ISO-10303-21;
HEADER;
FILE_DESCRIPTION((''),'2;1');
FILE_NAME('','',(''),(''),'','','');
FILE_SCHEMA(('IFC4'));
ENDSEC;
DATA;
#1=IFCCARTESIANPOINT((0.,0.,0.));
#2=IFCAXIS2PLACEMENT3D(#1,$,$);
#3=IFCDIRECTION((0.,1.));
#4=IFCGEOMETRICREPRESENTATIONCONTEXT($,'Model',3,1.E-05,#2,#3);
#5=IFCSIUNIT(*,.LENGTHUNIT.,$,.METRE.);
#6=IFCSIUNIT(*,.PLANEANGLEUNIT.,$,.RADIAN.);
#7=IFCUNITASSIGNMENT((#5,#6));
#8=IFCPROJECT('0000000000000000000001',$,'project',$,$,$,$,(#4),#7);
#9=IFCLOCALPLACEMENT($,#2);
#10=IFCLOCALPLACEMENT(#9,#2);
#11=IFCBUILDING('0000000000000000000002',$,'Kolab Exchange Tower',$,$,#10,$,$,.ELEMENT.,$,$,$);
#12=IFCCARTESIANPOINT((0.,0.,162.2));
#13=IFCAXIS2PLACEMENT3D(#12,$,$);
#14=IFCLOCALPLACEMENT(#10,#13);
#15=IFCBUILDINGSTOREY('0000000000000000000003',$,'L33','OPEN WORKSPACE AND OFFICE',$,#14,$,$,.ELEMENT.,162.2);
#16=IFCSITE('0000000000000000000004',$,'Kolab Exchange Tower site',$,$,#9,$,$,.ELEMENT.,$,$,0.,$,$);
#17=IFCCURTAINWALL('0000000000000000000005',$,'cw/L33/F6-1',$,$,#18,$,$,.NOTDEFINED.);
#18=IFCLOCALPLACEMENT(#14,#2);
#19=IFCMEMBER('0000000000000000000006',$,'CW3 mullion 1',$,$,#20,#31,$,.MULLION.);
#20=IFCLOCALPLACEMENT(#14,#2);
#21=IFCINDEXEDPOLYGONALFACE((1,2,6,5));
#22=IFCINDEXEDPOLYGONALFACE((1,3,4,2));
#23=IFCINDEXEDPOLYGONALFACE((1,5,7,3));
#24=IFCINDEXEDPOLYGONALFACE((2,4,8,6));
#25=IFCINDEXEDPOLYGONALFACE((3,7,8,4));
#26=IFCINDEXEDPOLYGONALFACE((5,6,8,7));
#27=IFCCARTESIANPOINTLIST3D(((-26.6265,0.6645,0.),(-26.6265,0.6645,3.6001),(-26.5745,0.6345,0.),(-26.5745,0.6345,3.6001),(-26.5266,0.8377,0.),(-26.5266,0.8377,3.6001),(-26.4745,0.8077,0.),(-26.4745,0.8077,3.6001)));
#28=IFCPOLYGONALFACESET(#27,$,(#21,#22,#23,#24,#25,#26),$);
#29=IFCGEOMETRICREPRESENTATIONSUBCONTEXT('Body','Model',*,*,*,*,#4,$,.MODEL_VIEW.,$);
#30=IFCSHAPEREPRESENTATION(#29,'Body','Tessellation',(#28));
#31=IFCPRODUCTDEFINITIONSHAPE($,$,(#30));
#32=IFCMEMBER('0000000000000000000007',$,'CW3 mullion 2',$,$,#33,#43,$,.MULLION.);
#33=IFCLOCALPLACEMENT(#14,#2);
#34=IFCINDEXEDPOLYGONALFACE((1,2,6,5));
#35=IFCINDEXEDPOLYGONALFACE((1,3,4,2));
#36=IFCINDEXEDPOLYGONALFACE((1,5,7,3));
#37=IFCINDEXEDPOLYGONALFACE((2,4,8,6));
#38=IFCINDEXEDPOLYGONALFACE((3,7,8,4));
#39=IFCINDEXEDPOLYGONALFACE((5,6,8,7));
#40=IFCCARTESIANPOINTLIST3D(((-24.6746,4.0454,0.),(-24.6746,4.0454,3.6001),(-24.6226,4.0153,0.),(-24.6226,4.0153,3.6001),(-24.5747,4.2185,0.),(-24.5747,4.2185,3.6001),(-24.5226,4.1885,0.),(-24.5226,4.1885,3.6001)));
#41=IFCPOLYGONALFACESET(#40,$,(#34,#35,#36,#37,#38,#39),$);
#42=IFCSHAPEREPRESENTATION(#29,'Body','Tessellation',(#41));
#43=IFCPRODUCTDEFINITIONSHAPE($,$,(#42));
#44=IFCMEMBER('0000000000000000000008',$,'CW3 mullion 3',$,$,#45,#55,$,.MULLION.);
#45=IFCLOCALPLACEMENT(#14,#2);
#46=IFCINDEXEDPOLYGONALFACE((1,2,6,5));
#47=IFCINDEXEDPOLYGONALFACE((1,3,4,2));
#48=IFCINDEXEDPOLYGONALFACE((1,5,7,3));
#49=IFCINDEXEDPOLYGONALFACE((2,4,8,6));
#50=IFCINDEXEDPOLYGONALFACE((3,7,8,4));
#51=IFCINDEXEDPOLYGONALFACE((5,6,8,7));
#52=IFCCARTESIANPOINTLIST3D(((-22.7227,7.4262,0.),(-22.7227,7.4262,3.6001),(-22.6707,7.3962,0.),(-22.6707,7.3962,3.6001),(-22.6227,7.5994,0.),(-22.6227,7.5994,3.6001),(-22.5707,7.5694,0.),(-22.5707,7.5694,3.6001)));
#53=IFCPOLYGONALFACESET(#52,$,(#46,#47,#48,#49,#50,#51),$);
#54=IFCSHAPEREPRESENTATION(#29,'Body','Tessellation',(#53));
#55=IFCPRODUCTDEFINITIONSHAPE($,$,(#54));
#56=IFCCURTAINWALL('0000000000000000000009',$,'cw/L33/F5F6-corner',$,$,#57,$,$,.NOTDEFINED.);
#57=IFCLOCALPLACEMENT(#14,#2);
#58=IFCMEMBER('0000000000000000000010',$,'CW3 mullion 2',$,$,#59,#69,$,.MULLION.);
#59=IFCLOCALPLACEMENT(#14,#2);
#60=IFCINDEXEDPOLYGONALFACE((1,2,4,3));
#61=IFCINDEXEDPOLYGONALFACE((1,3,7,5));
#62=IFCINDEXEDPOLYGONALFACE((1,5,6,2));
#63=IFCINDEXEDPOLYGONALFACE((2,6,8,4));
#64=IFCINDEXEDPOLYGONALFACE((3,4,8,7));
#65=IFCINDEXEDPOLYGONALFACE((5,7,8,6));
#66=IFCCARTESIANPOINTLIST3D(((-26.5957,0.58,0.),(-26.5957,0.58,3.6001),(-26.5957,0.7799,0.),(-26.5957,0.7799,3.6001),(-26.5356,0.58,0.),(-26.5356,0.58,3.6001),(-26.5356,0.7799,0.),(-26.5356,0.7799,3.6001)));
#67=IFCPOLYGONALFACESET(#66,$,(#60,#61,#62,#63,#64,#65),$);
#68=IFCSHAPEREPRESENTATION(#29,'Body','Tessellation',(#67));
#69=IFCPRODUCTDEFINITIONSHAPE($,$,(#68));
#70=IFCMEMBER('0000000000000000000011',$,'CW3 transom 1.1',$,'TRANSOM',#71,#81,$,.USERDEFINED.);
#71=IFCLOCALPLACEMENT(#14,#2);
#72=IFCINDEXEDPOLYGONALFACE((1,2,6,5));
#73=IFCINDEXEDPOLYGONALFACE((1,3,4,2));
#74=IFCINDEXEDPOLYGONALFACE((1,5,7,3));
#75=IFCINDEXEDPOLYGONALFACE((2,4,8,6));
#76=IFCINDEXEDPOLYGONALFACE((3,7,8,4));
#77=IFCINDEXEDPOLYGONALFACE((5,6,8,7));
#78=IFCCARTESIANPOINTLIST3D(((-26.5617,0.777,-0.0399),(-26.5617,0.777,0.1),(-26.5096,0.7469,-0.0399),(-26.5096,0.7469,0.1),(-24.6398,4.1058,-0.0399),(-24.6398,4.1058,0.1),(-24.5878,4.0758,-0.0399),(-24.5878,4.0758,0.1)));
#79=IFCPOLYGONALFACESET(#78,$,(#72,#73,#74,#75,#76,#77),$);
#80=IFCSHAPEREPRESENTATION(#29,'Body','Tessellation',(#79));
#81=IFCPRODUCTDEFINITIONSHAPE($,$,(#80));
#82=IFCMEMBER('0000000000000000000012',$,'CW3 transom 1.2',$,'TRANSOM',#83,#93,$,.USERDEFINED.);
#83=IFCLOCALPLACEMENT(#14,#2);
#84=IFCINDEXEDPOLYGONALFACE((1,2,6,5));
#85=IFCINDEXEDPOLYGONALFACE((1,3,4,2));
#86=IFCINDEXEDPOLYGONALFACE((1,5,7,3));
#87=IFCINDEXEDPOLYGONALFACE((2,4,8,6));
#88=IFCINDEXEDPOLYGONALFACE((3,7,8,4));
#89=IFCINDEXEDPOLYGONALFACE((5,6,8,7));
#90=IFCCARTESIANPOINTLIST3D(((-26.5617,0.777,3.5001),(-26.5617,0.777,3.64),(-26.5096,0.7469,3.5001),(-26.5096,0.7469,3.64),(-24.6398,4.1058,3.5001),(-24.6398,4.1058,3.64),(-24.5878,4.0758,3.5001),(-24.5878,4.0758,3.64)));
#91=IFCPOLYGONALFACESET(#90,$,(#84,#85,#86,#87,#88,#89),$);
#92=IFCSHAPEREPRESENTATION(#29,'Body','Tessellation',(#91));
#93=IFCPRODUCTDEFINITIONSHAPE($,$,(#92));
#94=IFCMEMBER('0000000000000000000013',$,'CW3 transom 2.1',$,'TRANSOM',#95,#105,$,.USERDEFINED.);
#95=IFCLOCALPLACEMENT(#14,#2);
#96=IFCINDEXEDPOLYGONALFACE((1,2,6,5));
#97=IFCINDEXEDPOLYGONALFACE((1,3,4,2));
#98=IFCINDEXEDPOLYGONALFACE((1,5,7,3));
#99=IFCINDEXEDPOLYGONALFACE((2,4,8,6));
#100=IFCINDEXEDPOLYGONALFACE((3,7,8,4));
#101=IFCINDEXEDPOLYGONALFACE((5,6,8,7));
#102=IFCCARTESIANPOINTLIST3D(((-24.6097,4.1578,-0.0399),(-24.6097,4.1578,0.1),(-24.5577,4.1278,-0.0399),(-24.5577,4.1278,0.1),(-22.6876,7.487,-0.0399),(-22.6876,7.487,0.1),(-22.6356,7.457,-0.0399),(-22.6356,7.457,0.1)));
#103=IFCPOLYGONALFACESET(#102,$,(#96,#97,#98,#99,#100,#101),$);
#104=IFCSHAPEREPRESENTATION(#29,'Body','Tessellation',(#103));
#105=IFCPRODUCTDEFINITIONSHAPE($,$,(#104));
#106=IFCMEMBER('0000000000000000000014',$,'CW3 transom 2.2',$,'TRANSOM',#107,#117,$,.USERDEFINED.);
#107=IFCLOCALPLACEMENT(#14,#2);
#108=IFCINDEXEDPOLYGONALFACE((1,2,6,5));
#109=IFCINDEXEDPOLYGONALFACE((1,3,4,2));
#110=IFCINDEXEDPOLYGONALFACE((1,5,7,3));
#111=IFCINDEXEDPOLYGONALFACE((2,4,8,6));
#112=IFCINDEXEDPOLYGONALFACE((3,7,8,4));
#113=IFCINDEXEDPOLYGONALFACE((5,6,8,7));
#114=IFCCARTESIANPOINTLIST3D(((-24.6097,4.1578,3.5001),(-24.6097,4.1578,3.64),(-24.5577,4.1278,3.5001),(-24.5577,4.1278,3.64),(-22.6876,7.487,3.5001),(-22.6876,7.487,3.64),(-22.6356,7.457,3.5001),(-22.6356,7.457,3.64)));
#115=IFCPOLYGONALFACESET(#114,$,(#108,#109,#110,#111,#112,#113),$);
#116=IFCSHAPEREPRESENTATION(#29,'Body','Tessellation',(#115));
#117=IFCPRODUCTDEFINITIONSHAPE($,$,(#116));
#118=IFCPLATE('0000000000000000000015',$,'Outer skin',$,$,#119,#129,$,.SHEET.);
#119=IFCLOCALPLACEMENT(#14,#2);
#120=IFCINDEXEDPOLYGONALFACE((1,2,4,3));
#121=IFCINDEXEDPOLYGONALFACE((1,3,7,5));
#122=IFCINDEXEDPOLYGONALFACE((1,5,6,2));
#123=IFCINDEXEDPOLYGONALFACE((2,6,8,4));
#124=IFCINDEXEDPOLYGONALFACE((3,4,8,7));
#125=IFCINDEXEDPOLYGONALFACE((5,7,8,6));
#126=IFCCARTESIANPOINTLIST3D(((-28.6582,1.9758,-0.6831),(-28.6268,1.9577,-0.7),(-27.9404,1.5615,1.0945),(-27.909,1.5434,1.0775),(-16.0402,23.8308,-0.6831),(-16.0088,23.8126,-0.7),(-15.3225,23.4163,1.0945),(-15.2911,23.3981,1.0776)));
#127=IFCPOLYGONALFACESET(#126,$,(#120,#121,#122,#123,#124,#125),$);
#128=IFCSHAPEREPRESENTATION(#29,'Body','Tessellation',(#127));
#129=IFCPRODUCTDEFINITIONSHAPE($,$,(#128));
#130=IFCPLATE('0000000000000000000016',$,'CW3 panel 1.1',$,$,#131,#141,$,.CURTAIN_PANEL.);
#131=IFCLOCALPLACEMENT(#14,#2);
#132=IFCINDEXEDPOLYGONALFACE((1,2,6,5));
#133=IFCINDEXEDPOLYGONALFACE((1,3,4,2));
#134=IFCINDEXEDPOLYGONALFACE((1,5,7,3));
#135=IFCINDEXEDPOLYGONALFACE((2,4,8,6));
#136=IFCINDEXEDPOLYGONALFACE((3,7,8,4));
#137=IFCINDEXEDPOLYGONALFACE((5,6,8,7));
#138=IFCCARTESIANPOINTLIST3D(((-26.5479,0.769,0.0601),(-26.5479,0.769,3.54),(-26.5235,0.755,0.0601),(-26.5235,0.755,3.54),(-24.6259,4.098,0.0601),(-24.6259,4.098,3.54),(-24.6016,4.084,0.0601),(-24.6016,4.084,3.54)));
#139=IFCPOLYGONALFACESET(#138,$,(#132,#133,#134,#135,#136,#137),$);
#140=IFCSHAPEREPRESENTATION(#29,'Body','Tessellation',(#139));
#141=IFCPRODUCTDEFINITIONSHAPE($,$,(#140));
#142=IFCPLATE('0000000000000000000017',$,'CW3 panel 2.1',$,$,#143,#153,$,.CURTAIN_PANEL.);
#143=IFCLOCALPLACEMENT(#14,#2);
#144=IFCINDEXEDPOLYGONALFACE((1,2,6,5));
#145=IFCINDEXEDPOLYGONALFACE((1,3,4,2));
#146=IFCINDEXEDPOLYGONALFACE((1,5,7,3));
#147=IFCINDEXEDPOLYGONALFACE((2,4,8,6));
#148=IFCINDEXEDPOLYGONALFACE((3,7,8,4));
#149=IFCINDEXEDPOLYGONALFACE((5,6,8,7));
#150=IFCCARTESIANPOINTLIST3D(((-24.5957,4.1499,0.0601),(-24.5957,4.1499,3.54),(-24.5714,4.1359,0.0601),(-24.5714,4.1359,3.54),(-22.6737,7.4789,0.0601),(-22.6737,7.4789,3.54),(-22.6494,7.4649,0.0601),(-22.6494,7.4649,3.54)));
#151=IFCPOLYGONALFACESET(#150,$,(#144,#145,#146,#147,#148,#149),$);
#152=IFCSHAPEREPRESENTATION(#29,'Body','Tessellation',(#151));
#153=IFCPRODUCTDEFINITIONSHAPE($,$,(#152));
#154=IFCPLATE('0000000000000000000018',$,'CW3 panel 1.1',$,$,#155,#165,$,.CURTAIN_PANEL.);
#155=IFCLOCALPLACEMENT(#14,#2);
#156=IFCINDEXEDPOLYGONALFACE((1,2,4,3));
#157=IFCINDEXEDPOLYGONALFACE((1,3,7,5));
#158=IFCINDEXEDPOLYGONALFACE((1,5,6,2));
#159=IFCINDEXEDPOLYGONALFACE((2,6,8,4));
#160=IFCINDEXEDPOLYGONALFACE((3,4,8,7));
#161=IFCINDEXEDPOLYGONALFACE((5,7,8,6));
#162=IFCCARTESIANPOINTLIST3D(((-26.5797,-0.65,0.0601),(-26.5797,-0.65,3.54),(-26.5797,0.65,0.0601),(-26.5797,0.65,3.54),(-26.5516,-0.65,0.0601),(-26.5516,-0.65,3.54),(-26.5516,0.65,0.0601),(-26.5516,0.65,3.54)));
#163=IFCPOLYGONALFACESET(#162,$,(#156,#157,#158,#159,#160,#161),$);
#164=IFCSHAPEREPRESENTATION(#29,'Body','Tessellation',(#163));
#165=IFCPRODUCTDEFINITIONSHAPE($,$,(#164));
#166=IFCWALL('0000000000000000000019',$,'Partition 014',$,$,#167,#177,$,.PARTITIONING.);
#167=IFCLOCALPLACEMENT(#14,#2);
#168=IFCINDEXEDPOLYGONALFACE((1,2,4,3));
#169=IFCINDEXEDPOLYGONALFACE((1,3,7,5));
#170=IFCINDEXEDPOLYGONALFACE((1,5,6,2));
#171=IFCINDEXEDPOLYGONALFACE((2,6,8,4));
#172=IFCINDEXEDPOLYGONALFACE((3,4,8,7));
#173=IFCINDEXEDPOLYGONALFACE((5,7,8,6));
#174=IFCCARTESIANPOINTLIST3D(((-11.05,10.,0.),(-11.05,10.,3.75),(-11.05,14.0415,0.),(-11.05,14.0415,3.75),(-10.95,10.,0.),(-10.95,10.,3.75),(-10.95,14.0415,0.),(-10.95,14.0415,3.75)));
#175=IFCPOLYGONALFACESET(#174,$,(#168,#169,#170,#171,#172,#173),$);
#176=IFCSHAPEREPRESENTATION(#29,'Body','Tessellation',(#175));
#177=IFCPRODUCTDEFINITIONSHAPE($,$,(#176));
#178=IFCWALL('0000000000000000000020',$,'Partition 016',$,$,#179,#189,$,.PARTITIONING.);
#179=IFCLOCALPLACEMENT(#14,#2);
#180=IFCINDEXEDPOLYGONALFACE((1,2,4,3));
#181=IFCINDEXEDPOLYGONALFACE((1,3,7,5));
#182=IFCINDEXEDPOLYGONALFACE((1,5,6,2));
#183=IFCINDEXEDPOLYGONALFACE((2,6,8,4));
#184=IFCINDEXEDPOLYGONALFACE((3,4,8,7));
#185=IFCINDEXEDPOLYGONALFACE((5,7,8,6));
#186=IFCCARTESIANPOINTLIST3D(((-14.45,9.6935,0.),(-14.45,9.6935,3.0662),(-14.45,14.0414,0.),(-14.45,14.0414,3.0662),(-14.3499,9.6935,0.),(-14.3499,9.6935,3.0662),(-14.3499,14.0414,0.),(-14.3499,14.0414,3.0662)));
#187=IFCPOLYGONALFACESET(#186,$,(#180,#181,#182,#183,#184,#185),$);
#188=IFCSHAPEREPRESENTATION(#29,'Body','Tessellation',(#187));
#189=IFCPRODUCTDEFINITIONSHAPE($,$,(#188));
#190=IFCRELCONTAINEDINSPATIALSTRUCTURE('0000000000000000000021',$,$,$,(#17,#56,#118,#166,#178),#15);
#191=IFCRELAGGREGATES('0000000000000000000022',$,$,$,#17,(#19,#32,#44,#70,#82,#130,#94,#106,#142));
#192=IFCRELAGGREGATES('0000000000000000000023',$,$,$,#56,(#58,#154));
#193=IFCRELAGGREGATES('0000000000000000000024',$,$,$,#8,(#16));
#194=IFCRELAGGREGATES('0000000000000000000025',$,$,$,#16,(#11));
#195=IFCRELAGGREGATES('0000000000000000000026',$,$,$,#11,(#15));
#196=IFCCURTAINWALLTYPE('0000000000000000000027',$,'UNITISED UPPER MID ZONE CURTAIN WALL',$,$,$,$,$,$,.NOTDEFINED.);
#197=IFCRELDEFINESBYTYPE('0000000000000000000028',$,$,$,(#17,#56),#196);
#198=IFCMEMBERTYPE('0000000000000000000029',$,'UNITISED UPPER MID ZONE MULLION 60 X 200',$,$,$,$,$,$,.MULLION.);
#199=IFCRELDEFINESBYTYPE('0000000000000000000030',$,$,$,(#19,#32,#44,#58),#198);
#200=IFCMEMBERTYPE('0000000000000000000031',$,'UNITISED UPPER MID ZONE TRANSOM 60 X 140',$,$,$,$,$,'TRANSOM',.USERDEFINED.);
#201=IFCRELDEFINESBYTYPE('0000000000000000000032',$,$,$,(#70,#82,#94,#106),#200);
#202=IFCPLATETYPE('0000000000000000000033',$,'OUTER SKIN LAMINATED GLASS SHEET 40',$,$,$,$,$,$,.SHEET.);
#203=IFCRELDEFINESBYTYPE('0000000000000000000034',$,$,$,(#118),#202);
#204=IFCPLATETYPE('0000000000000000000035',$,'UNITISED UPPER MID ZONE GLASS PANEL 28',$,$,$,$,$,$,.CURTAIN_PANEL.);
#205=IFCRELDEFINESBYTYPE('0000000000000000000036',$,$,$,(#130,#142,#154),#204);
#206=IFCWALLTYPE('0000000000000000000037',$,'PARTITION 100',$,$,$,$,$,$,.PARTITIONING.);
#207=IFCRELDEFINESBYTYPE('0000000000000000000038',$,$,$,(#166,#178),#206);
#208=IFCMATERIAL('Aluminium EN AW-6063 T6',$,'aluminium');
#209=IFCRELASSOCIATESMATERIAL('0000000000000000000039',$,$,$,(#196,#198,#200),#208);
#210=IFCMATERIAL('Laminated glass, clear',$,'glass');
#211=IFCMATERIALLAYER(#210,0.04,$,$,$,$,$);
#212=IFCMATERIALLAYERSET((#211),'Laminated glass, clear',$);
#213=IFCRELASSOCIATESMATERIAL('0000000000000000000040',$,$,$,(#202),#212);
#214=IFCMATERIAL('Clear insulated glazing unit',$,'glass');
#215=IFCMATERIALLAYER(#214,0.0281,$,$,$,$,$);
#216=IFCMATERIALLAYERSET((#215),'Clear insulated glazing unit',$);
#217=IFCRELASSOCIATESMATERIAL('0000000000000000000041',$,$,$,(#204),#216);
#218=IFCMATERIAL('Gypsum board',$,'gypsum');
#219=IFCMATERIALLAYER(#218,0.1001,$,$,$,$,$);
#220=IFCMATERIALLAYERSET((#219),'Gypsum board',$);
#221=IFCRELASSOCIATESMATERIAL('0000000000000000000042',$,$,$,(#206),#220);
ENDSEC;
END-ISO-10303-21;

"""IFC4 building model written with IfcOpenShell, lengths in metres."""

from ifc_helpers import new_model, si_unit, direction, frame, frame_2d, origin, origin_2d, place, context, subcontext, project, spatial, polyline, rectangle, outline, extrude, material, layer, layer_set, material_profile, profile_set, type_object, element, aggregate, save


model = new_model("IFC4")

# Units and contexts
model_context = context("Model", 3, precision=1e-05, world=origin(), true_north=direction((0.0, 1.0)))
body_context = subcontext(model_context, "Body", "Model", "MODEL_VIEW")
ifc_project = project(units=[si_unit("LENGTHUNIT", "METRE"), si_unit("PLANEANGLEUNIT", "RADIAN")], contexts=[model_context])

# Site, building, storey
site_placement = place(None, origin())
site = spatial("IfcSite", under=ifc_project, at=site_placement, Name="Kolab Exchange Tower site", CompositionType="ELEMENT", RefElevation=0.0)
building_placement = place(site_placement, origin())
building = spatial("IfcBuilding", under=site, at=building_placement, Name="Kolab Exchange Tower", CompositionType="ELEMENT")
storey_placement = place(building_placement, frame((0.0, 0.0, 162.2)))
storey = spatial("IfcBuildingStorey", under=building, at=storey_placement, Name="L33", Description="OPEN WORKSPACE AND OFFICE", CompositionType="ELEMENT", Elevation=162.2)

# Curtain wall, members
ifc_material_1 = material(Name="Aluminium EN AW-6063 T6", Category="aluminium")
curtain_wall_type = type_object("IfcCurtainWallType", Name="UNITISED UPPER MID ZONE CURTAIN WALL", PredefinedType="NOTDEFINED", material=ifc_material_1)
curtain_wall_1_placement = place(storey_placement, origin())
curtain_wall_1 = element("IfcCurtainWall", 1, at=curtain_wall_1_placement, inside=storey, type_object=curtain_wall_type, Name="cw/L33/F6-1", PredefinedType="NOTDEFINED")
ifc_material_profile_1 = material_profile(ifc_material_1, rectangle(XDim=0.0601, YDim=0.2, at=origin_2d()), Name="RECT 60X200")
ifc_profile_set_1 = profile_set([ifc_material_profile_1], Name="Aluminium EN AW-6063 T6")
member_type_1 = type_object("IfcMemberType", Name="UNITISED UPPER MID ZONE MULLION 60 X 200", PredefinedType="MULLION", material=ifc_profile_set_1)
member_1_placement = place(storey_placement, frame((-26.5505, 0.7361, 0.0), z_axis=(0.0, 0.0, 1.0), x_axis=(-0.866025, 0.5, 0.0)))
member_1 = element("IfcMember", 2, at=member_1_placement, type_object=member_type_1, Name="CW3 mullion 1", PredefinedType="MULLION", context=body_context, shape_type="SweptSolid", body=[
    extrude(rectangle(XDim=0.0601, YDim=0.2, at=origin_2d()), origin(), (0.0, 0.0, 1.0), 3.6001),
])
member_2_placement = place(storey_placement, frame((-24.5986, 4.1169, 0.0), z_axis=(0.0, 0.0, 1.0), x_axis=(-0.866025, 0.5, 0.0)))
member_2 = element("IfcMember", 3, at=member_2_placement, type_object=member_type_1, Name="CW3 mullion 2", PredefinedType="MULLION", context=body_context, shape_type="SweptSolid", body=[
    extrude(rectangle(XDim=0.0601, YDim=0.2, at=origin_2d()), origin(), (0.0, 0.0, 1.0), 3.6001),
])
member_3_placement = place(storey_placement, frame((-22.6467, 7.4978, 0.0), z_axis=(0.0, 0.0, 1.0), x_axis=(-0.866025, 0.5, 0.0)))
member_3 = element("IfcMember", 4, at=member_3_placement, type_object=member_type_1, Name="CW3 mullion 3", PredefinedType="MULLION", context=body_context, shape_type="SweptSolid", body=[
    extrude(rectangle(XDim=0.0601, YDim=0.2, at=origin_2d()), origin(), (0.0, 0.0, 1.0), 3.6001),
])

# Curtain wall, member
curtain_wall_2_placement = place(storey_placement, origin())
curtain_wall_2 = element("IfcCurtainWall", 5, at=curtain_wall_2_placement, inside=storey, type_object=curtain_wall_type, Name="cw/L33/F5F6-corner", PredefinedType="NOTDEFINED")
member_4_placement = place(storey_placement, frame((-26.5657, 0.6799, 0.0), z_axis=(0.0, 0.0, 1.0), x_axis=(-1.0, 0.0, 0.0)))
member_4 = element("IfcMember", 6, at=member_4_placement, type_object=member_type_1, Name="CW3 mullion 2", PredefinedType="MULLION", context=body_context, shape_type="SweptSolid", body=[
    extrude(rectangle(XDim=0.0601, YDim=0.2, at=origin_2d()), origin(), (0.0, 0.0, 1.0), 3.6001),
])

# Members
ifc_material_profile_2 = material_profile(ifc_material_1, rectangle(XDim=0.0601, YDim=0.1399, at=origin_2d()), Name="RECT 60X140")
ifc_profile_set_2 = profile_set([ifc_material_profile_2], Name="Aluminium EN AW-6063 T6")
member_type_2 = type_object("IfcMemberType", Name="UNITISED UPPER MID ZONE TRANSOM 60 X 140", ElementType="TRANSOM", PredefinedType="USERDEFINED", material=ifc_profile_set_2)
member_5_placement = place(storey_placement, frame((-26.5356, 0.762, 0.03), z_axis=(0.499992, 0.86603, 0.0), x_axis=(-0.86603, 0.499992, 0.0)))
member_5 = element("IfcMember", 7, at=member_5_placement, type_object=member_type_2, Name="CW3 transom 1.1", ObjectType="TRANSOM", PredefinedType="USERDEFINED", context=body_context, shape_type="SweptSolid", body=[
    extrude(rectangle(XDim=0.0601, YDim=0.1399, at=origin_2d()), origin(), (0.0, 0.0, 1.0), 3.8438),
])
member_6_placement = place(storey_placement, frame((-26.5356, 0.762, 3.5701), z_axis=(0.499992, 0.86603, 0.0), x_axis=(-0.86603, 0.499992, 0.0)))
member_6 = element("IfcMember", 8, at=member_6_placement, type_object=member_type_2, Name="CW3 transom 1.2", ObjectType="TRANSOM", PredefinedType="USERDEFINED", context=body_context, shape_type="SweptSolid", body=[
    extrude(rectangle(XDim=0.0601, YDim=0.1399, at=origin_2d()), origin(), (0.0, 0.0, 1.0), 3.8438),
])
member_7_placement = place(storey_placement, frame((-24.5837, 4.1428, 0.03), z_axis=(0.500012, 0.866018, 0.0), x_axis=(-0.866018, 0.500012, 0.0)))
member_7 = element("IfcMember", 9, at=member_7_placement, type_object=member_type_2, Name="CW3 transom 2.1", ObjectType="TRANSOM", PredefinedType="USERDEFINED", context=body_context, shape_type="SweptSolid", body=[
    extrude(rectangle(XDim=0.0601, YDim=0.1399, at=origin_2d()), origin(), (0.0, 0.0, 1.0), 3.8442),
])
member_8_placement = place(storey_placement, frame((-24.5837, 4.1428, 3.5701), z_axis=(0.500012, 0.866018, 0.0), x_axis=(-0.866018, 0.500012, 0.0)))
member_8 = element("IfcMember", 10, at=member_8_placement, type_object=member_type_2, Name="CW3 transom 2.2", ObjectType="TRANSOM", PredefinedType="USERDEFINED", context=body_context, shape_type="SweptSolid", body=[
    extrude(rectangle(XDim=0.0601, YDim=0.1399, at=origin_2d()), origin(), (0.0, 0.0, 1.0), 3.8442),
])

# Plates
ifc_material_2 = material(Name="Laminated glass, clear", Category="glass")
ifc_layer_1 = layer(ifc_material_2, 0.04)
ifc_layer_set_1 = layer_set([ifc_layer_1], Name="Laminated glass, clear")
plate_type_1 = type_object("IfcPlateType", Name="OUTER SKIN LAMINATED GLASS SHEET 40", PredefinedType="SHEET", material=ifc_layer_set_1)
plate_1_placement = place(storey_placement, frame((-28.6582, 1.9758, -0.6831), z_axis=(-0.784899, 0.453162, 0.422585), x_axis=(0.5, 0.866025, -0.000001)))
element("IfcPlate", 11, at=plate_1_placement, inside=storey, type_object=plate_type_1, Name="Outer skin", PredefinedType="SHEET", context=body_context, shape_type="SweptSolid", body=[
    extrude(outline(polyline([(0.0, 0.0), (25.2359, 0.0), (25.2358, -1.9613), (0.0001, -1.9613), (0.0, 0.0)])), origin(), (0.0, 0.0, -1.0), 0.04),
])
ifc_material_3 = material(Name="Clear insulated glazing unit", Category="glass")
ifc_layer_2 = layer(ifc_material_3, 0.0281)
ifc_layer_set_2 = layer_set([ifc_layer_2], Name="Clear insulated glazing unit")
plate_type_2 = type_object("IfcPlateType", Name="UNITISED UPPER MID ZONE GLASS PANEL 28", PredefinedType="CURTAIN_PANEL", material=ifc_layer_set_2)
plate_2_placement = place(storey_placement, frame((-25.5747, 2.4265, 0.0601), z_axis=(0.0, 0.0, 1.0), x_axis=(0.5, 0.866025, 0.0)))
plate_2 = element("IfcPlate", 12, at=plate_2_placement, type_object=plate_type_2, Name="CW3 panel 1.1", PredefinedType="CURTAIN_PANEL", context=body_context, shape_type="SweptSolid", body=[
    extrude(rectangle(XDim=3.844, YDim=0.0281, at=origin_2d()), origin(), (0.0, 0.0, 1.0), 3.48),
])
plate_3_placement = place(storey_placement, frame((-23.6226, 5.8074, 0.0601), z_axis=(0.0, 0.0, 1.0), x_axis=(0.5, 0.866025, 0.0)))
plate_3 = element("IfcPlate", 13, at=plate_3_placement, type_object=plate_type_2, Name="CW3 panel 2.1", PredefinedType="CURTAIN_PANEL", context=body_context, shape_type="SweptSolid", body=[
    extrude(rectangle(XDim=3.844, YDim=0.0281, at=origin_2d()), origin(), (0.0, 0.0, 1.0), 3.48),
])
aggregate(curtain_wall_1, [member_1, member_2, member_3, member_5, member_6, plate_2, member_7, member_8, plate_3])
plate_4_placement = place(storey_placement, frame((-26.5657, 0.0, 0.0601), z_axis=(0.0, 0.0, 1.0), x_axis=(0.0, 1.0, 0.0)))
plate_4 = element("IfcPlate", 14, at=plate_4_placement, type_object=plate_type_2, Name="CW3 panel 1.1", PredefinedType="CURTAIN_PANEL", context=body_context, shape_type="SweptSolid", body=[
    extrude(rectangle(XDim=1.3, YDim=0.0281, at=origin_2d()), origin(), (0.0, 0.0, 1.0), 3.48),
])
aggregate(curtain_wall_2, [member_4, plate_4])

# Walls
ifc_material_4 = material(Name="Gypsum board", Category="gypsum")
ifc_layer_3 = layer(ifc_material_4, 0.1001)
ifc_layer_set_3 = layer_set([ifc_layer_3], Name="Gypsum board")
wall_type_1 = type_object("IfcWallType", Name="PARTITION 100", PredefinedType="PARTITIONING", material=ifc_layer_set_3)
wall_1_placement = place(storey_placement, frame((-11.0, 10.0, 0.0), z_axis=(0.0, 0.0, 1.0), x_axis=(0.0, 1.0, 0.0)))
element("IfcWall", 15, at=wall_1_placement, inside=storey, type_object=wall_type_1, Name="Partition 014", PredefinedType="PARTITIONING", context=body_context, shape_type="SweptSolid", body=[
    extrude(rectangle(XDim=4.0415, YDim=0.1001, at=frame_2d((2.0208, 0.0))), origin(), (0.0, 0.0, 1.0), 3.75),
])
wall_2_placement = place(storey_placement, frame((-14.3999, 9.6936, 0.0), z_axis=(0.0, 0.0, 1.0), x_axis=(0.0, 1.0, 0.0)))
element("IfcWall", 16, at=wall_2_placement, inside=storey, type_object=wall_type_1, Name="Partition 016", PredefinedType="PARTITIONING", context=body_context, shape_type="SweptSolid", body=[
    extrude(rectangle(XDim=4.3479, YDim=0.1001, at=frame_2d((2.1738, 0.0))), origin(), (0.0, 0.0, 1.0), 3.0662),
])

save(model, "model.ifc")
